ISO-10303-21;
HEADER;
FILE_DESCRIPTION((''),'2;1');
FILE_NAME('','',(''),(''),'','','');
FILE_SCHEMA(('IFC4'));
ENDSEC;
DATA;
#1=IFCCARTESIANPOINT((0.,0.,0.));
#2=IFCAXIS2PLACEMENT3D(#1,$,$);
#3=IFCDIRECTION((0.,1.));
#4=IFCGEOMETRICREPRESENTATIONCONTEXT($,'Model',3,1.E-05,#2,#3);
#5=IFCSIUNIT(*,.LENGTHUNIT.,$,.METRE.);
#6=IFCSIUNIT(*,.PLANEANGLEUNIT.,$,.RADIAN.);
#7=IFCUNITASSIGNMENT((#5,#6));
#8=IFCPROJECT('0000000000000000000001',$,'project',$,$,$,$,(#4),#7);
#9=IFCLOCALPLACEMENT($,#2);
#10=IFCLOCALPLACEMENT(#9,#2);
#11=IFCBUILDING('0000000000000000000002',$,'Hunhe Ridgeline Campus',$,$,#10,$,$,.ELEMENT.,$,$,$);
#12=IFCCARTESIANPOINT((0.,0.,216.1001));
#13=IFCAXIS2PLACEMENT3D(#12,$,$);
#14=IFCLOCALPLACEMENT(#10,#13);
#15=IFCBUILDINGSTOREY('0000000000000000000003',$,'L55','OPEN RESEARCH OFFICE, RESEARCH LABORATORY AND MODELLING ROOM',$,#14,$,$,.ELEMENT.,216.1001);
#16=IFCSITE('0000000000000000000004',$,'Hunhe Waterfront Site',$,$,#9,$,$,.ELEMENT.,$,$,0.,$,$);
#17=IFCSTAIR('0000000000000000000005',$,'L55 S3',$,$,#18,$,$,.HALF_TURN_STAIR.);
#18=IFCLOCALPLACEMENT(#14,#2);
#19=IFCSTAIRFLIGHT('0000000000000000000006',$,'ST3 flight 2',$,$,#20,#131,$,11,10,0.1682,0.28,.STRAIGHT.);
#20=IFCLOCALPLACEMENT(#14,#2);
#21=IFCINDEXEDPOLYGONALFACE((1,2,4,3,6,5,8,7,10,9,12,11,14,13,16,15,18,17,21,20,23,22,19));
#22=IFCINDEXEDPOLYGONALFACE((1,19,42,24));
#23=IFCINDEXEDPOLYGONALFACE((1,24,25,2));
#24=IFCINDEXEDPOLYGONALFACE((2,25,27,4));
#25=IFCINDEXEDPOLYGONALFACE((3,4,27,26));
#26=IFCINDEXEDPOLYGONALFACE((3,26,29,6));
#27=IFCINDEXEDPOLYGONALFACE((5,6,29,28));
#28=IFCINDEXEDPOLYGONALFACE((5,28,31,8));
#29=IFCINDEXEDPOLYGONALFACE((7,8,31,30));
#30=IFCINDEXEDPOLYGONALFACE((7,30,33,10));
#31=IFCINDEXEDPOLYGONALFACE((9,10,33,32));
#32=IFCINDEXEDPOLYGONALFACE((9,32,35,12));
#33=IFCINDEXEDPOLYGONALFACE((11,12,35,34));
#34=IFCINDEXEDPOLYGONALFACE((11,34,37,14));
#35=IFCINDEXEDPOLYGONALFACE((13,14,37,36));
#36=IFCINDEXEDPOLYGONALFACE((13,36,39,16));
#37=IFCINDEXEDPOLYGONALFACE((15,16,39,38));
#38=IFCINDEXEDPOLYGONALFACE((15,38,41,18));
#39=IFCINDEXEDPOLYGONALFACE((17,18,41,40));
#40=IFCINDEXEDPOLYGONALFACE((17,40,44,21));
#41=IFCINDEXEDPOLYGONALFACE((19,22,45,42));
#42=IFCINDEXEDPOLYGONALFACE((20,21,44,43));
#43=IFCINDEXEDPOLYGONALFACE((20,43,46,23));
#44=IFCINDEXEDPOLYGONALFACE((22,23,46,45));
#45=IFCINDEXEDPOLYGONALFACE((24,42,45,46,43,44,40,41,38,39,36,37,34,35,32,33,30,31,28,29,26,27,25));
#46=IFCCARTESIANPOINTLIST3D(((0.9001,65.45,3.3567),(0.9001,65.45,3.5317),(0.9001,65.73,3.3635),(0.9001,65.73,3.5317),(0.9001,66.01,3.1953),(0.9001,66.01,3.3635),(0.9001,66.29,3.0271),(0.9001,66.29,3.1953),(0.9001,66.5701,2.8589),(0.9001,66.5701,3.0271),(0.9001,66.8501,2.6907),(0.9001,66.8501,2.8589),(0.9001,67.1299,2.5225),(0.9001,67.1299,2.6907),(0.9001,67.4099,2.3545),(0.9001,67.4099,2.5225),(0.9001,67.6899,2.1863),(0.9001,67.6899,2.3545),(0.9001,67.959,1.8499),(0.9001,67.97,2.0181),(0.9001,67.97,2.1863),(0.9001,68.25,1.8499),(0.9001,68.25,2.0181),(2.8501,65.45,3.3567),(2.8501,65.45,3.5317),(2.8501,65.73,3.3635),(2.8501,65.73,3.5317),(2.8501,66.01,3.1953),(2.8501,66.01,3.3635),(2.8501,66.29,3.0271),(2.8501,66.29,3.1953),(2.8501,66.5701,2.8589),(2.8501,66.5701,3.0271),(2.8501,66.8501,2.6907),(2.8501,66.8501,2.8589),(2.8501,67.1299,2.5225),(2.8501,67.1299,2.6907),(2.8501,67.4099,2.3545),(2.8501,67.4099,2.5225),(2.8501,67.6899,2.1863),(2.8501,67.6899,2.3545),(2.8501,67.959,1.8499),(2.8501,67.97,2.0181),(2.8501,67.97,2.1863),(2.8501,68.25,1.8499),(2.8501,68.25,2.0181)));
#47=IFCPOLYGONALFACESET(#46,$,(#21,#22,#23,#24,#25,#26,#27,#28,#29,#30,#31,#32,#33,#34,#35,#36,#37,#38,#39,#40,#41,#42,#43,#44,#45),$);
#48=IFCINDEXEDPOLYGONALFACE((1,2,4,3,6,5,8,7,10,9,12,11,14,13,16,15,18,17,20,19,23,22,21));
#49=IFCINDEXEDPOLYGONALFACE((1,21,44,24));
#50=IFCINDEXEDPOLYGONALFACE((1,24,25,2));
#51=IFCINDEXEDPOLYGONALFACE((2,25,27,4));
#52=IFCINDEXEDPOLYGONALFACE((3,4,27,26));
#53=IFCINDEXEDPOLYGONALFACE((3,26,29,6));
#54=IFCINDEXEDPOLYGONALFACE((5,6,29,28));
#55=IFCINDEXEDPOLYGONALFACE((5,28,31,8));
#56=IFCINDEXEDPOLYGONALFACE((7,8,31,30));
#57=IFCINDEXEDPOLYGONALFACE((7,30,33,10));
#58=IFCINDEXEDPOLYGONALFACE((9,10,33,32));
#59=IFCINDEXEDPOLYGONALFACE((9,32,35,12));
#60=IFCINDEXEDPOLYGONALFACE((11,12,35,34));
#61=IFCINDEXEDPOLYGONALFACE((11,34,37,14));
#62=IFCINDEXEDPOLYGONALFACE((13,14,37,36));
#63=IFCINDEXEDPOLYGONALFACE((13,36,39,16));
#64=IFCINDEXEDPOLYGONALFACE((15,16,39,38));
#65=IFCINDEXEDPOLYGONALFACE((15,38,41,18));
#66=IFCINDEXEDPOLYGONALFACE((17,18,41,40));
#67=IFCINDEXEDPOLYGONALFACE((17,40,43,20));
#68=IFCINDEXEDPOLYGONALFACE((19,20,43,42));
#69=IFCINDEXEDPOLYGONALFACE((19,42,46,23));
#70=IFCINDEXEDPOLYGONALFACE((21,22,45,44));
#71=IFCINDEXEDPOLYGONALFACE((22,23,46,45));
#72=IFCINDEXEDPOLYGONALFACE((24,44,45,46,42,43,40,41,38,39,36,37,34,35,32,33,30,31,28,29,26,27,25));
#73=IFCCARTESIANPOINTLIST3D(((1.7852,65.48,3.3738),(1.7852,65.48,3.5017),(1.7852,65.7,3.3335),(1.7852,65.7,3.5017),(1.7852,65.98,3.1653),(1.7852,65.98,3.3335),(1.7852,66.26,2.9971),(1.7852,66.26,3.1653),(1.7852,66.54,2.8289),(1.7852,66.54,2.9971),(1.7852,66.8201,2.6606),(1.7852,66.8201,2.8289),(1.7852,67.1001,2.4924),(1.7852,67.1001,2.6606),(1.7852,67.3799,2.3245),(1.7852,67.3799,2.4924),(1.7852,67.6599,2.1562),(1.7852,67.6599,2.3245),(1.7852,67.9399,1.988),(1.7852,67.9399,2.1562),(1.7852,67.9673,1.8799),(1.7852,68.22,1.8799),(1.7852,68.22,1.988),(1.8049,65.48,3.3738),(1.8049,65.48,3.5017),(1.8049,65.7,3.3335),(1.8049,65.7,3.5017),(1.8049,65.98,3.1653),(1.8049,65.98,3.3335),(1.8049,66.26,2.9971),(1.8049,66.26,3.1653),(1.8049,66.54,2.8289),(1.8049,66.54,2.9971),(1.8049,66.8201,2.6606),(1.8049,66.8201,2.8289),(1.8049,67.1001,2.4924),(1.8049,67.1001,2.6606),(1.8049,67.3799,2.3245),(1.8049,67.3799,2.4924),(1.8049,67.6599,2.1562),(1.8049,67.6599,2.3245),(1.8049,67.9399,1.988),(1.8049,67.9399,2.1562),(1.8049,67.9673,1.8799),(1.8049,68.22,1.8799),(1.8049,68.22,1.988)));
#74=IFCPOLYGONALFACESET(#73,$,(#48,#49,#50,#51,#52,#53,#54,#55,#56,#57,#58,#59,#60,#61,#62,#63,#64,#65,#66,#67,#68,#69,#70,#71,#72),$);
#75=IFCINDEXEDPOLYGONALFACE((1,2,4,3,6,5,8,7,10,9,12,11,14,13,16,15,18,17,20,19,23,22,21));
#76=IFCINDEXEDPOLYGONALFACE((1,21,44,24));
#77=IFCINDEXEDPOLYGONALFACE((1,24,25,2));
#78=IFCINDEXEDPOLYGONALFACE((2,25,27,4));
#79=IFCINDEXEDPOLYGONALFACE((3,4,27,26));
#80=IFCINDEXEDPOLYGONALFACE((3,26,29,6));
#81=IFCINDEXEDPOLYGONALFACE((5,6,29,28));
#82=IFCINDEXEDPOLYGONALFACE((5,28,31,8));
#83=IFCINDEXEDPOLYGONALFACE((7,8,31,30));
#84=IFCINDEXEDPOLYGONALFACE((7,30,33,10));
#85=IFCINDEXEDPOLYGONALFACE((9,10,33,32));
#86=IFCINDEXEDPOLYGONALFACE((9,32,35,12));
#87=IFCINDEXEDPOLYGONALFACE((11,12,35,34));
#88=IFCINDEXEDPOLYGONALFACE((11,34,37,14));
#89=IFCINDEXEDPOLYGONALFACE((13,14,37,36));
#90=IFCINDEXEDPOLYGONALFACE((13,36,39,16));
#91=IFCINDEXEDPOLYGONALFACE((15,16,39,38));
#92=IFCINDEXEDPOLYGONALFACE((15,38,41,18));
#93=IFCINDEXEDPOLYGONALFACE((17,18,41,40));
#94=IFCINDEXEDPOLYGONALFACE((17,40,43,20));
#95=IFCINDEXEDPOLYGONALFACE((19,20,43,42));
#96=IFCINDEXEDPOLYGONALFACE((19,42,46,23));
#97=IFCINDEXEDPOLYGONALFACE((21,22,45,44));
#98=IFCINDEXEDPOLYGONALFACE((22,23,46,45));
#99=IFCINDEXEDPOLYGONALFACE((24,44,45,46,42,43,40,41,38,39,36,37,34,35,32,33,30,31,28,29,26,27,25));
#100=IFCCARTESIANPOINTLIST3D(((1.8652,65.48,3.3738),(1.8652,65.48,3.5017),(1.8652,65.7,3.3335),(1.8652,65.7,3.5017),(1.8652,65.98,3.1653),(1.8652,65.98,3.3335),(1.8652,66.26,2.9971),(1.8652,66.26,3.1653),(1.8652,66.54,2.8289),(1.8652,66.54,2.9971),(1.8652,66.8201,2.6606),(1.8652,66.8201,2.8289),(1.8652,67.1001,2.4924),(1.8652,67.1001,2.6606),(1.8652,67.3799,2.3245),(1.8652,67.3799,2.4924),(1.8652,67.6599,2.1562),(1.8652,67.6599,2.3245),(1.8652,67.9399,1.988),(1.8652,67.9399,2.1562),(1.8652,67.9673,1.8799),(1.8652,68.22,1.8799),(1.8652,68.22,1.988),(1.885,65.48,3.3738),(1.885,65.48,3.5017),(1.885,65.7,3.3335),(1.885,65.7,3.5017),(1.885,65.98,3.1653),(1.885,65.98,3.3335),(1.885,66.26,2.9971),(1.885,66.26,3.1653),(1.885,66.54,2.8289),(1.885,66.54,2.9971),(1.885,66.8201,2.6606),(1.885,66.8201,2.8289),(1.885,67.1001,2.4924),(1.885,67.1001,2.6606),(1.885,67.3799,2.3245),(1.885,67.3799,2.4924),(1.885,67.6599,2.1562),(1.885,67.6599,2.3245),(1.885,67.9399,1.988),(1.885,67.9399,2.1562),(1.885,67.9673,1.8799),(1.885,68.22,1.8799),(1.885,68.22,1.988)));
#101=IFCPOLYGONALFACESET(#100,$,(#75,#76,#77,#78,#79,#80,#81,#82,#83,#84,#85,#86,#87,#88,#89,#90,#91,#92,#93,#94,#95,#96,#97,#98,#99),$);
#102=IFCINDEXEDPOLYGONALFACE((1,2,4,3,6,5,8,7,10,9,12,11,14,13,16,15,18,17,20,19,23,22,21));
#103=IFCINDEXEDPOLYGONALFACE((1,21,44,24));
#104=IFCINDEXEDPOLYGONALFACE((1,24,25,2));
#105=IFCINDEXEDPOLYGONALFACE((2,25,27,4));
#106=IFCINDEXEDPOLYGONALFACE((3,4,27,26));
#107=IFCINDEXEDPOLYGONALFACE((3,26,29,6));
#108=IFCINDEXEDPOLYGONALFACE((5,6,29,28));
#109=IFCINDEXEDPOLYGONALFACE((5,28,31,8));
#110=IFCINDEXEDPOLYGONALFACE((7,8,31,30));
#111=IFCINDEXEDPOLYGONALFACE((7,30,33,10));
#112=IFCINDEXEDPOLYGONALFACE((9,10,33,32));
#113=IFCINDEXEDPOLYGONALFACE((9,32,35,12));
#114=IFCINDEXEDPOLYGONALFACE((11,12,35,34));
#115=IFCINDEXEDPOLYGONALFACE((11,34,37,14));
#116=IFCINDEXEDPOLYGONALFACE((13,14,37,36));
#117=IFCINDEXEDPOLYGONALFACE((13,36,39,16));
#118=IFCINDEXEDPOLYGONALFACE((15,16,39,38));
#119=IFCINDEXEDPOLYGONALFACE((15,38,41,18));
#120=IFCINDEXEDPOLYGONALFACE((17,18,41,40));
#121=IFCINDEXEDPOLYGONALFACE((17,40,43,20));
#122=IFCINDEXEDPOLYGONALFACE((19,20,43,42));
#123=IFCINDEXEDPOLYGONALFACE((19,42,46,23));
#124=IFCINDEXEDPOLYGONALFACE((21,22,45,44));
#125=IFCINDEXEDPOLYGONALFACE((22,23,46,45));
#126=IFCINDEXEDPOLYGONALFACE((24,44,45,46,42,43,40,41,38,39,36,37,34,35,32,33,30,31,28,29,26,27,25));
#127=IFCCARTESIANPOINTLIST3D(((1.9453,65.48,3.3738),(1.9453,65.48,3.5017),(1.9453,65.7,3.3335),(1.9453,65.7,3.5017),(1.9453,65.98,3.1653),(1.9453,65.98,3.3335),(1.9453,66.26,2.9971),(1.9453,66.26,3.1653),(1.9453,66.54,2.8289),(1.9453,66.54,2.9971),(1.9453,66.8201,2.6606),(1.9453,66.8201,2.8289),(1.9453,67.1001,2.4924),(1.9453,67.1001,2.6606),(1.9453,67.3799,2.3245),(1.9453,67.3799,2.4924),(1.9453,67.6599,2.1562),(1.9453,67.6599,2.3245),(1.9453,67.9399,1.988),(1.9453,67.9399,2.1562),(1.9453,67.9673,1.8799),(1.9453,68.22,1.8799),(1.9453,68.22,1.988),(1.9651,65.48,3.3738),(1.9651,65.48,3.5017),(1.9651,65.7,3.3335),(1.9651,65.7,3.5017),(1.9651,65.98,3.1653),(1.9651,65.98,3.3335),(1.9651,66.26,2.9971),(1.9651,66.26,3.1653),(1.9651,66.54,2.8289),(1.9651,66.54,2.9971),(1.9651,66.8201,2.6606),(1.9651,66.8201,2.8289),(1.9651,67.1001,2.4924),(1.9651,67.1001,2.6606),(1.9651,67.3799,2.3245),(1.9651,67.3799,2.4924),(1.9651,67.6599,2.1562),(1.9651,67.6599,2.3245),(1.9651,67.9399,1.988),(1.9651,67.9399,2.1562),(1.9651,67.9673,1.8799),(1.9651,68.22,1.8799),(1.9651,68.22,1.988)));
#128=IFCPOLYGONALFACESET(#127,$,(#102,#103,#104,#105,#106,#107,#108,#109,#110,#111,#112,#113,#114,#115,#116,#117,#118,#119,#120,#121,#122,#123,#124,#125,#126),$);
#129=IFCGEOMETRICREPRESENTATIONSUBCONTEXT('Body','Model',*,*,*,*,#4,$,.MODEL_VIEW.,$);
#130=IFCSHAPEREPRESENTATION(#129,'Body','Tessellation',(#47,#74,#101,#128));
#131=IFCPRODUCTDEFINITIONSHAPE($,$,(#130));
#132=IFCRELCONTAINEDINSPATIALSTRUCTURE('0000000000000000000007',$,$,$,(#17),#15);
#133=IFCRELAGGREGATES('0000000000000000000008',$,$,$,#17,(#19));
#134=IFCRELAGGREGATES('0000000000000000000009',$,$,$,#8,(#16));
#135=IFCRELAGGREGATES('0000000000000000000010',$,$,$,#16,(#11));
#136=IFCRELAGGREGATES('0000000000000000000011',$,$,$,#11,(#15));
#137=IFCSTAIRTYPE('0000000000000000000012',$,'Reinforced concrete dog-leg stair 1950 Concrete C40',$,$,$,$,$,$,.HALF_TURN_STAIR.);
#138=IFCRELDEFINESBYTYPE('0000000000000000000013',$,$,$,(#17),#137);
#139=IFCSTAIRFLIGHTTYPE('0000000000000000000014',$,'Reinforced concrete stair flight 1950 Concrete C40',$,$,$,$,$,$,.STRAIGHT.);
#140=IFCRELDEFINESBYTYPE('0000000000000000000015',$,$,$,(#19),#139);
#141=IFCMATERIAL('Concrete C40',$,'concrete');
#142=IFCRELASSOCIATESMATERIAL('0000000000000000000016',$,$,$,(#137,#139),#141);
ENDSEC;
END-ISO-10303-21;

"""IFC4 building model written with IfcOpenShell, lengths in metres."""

from ifc_helpers import new_model, si_unit, direction, frame, origin, place, context, subcontext, project, spatial, polyline, outline, extrude, material, type_object, element, aggregate, save


model = new_model("IFC4")

# Units and contexts
model_context = context("Model", 3, precision=1e-05, world=origin(), true_north=direction((0.0, 1.0)))
body_context = subcontext(model_context, "Body", "Model", "MODEL_VIEW")
ifc_project = project(units=[si_unit("LENGTHUNIT", "METRE"), si_unit("PLANEANGLEUNIT", "RADIAN")], contexts=[model_context])

# Site, building, storey
site_placement = place(None, origin())
site = spatial("IfcSite", under=ifc_project, at=site_placement, Name="Hunhe Waterfront Site", CompositionType="ELEMENT", RefElevation=0.0)
building_placement = place(site_placement, origin())
building = spatial("IfcBuilding", under=site, at=building_placement, Name="Hunhe Ridgeline Campus", CompositionType="ELEMENT")
storey_placement = place(building_placement, frame((0.0, 0.0, 216.1001)))
storey = spatial("IfcBuildingStorey", under=building, at=storey_placement, Name="L55", Description="OPEN RESEARCH OFFICE, RESEARCH LABORATORY AND MODELLING ROOM", CompositionType="ELEMENT", Elevation=216.1001)

# Stair, stair flight
ifc_material_1 = material(Name="Concrete C40", Category="concrete")
stair_type = type_object("IfcStairType", Name="Reinforced concrete dog-leg stair 1950 Concrete C40", PredefinedType="HALF_TURN_STAIR", material=ifc_material_1)
stair_1_placement = place(storey_placement, origin())
stair_1 = element("IfcStair", 1, at=stair_1_placement, inside=storey, type_object=stair_type, Name="L55 S3", PredefinedType="HALF_TURN_STAIR")
stair_flight_type = type_object("IfcStairFlightType", Name="Reinforced concrete stair flight 1950 Concrete C40", PredefinedType="STRAIGHT", material=ifc_material_1)
stair_flight_1_placement = place(storey_placement, frame((1.875, 68.25, 1.8499), z_axis=(0.0, 0.0, 1.0), x_axis=(0.0, -1.0, 0.0)))
stair_flight_1 = element("IfcStairFlight", 2, at=stair_flight_1_placement, type_object=stair_flight_type, Name="ST3 flight 2", NumberOfRisers=11, NumberOfTreads=10, PredefinedType="STRAIGHT", RiserHeight=0.1682, TreadLength=0.28, context=body_context, shape_type="SweptSolid", body=[
    extrude(outline(polyline([(0.0, 0.0), (0.0, 0.1682), (0.28, 0.1682), (0.28, 0.3364), (0.5601, 0.3364), (0.5601, 0.5046), (0.8401, 0.5046), (0.8401, 0.6726), (1.1201, 0.6726), (1.1201, 0.8408), (1.3999, 0.8408), (1.3999, 1.009), (1.6799, 1.009), (1.6799, 1.1772), (1.96, 1.1772), (1.96, 1.3455), (2.24, 1.3455), (2.24, 1.5137), (2.52, 1.5137), (2.52, 1.6819), (2.8, 1.6819), (2.8, 1.8501), (2.8, 1.5068), (0.291, 0.0), (0.0, 0.0)])), frame((0.0, 0.9751, 0.0), z_axis=(0.0, -1.0, 0.0), x_axis=(1.0, 0.0, 0.0)), (0.0, 0.0, 1.0), 1.95),
    extrude(outline(polyline([(0.03, 0.03), (0.03, 0.1382), (0.3101, 0.1382), (0.3101, 0.3064), (0.5901, 0.3064), (0.5901, 0.4746), (0.8701, 0.4746), (0.8701, 0.6426), (1.1499, 0.6426), (1.1499, 0.8108), (1.4299, 0.8108), (1.4299, 0.979), (1.71, 0.979), (1.71, 1.1472), (1.99, 1.1472), (1.99, 1.3154), (2.27, 1.3154), (2.27, 1.4836), (2.55, 1.4836), (2.55, 1.6519), (2.77, 1.6519), (2.77, 1.5239), (0.2827, 0.03), (0.03, 0.03)])), frame((0.0, -0.0701, 0.0), z_axis=(0.0, -1.0, 0.0), x_axis=(1.0, 0.0, 0.0)), (0.0, 0.0, 1.0), 0.0198),
    extrude(outline(polyline([(0.03, 0.03), (0.03, 0.1382), (0.3101, 0.1382), (0.3101, 0.3064), (0.5901, 0.3064), (0.5901, 0.4746), (0.8701, 0.4746), (0.8701, 0.6426), (1.1499, 0.6426), (1.1499, 0.8108), (1.4299, 0.8108), (1.4299, 0.979), (1.71, 0.979), (1.71, 1.1472), (1.99, 1.1472), (1.99, 1.3154), (2.27, 1.3154), (2.27, 1.4836), (2.55, 1.4836), (2.55, 1.6519), (2.77, 1.6519), (2.77, 1.5239), (0.2827, 0.03), (0.03, 0.03)])), frame((0.0, 0.01, 0.0), z_axis=(0.0, -1.0, 0.0), x_axis=(1.0, 0.0, 0.0)), (0.0, 0.0, 1.0), 0.0198),
    extrude(outline(polyline([(0.03, 0.03), (0.03, 0.1382), (0.3101, 0.1382), (0.3101, 0.3064), (0.5901, 0.3064), (0.5901, 0.4746), (0.8701, 0.4746), (0.8701, 0.6426), (1.1499, 0.6426), (1.1499, 0.8108), (1.4299, 0.8108), (1.4299, 0.979), (1.71, 0.979), (1.71, 1.1472), (1.99, 1.1472), (1.99, 1.3154), (2.27, 1.3154), (2.27, 1.4836), (2.55, 1.4836), (2.55, 1.6519), (2.77, 1.6519), (2.77, 1.5239), (0.2827, 0.03), (0.03, 0.03)])), frame((0.0, 0.0901, 0.0), z_axis=(0.0, -1.0, 0.0), x_axis=(1.0, 0.0, 0.0)), (0.0, 0.0, 1.0), 0.0198),
])
aggregate(stair_1, [stair_flight_1])

save(model, "model.ifc")
